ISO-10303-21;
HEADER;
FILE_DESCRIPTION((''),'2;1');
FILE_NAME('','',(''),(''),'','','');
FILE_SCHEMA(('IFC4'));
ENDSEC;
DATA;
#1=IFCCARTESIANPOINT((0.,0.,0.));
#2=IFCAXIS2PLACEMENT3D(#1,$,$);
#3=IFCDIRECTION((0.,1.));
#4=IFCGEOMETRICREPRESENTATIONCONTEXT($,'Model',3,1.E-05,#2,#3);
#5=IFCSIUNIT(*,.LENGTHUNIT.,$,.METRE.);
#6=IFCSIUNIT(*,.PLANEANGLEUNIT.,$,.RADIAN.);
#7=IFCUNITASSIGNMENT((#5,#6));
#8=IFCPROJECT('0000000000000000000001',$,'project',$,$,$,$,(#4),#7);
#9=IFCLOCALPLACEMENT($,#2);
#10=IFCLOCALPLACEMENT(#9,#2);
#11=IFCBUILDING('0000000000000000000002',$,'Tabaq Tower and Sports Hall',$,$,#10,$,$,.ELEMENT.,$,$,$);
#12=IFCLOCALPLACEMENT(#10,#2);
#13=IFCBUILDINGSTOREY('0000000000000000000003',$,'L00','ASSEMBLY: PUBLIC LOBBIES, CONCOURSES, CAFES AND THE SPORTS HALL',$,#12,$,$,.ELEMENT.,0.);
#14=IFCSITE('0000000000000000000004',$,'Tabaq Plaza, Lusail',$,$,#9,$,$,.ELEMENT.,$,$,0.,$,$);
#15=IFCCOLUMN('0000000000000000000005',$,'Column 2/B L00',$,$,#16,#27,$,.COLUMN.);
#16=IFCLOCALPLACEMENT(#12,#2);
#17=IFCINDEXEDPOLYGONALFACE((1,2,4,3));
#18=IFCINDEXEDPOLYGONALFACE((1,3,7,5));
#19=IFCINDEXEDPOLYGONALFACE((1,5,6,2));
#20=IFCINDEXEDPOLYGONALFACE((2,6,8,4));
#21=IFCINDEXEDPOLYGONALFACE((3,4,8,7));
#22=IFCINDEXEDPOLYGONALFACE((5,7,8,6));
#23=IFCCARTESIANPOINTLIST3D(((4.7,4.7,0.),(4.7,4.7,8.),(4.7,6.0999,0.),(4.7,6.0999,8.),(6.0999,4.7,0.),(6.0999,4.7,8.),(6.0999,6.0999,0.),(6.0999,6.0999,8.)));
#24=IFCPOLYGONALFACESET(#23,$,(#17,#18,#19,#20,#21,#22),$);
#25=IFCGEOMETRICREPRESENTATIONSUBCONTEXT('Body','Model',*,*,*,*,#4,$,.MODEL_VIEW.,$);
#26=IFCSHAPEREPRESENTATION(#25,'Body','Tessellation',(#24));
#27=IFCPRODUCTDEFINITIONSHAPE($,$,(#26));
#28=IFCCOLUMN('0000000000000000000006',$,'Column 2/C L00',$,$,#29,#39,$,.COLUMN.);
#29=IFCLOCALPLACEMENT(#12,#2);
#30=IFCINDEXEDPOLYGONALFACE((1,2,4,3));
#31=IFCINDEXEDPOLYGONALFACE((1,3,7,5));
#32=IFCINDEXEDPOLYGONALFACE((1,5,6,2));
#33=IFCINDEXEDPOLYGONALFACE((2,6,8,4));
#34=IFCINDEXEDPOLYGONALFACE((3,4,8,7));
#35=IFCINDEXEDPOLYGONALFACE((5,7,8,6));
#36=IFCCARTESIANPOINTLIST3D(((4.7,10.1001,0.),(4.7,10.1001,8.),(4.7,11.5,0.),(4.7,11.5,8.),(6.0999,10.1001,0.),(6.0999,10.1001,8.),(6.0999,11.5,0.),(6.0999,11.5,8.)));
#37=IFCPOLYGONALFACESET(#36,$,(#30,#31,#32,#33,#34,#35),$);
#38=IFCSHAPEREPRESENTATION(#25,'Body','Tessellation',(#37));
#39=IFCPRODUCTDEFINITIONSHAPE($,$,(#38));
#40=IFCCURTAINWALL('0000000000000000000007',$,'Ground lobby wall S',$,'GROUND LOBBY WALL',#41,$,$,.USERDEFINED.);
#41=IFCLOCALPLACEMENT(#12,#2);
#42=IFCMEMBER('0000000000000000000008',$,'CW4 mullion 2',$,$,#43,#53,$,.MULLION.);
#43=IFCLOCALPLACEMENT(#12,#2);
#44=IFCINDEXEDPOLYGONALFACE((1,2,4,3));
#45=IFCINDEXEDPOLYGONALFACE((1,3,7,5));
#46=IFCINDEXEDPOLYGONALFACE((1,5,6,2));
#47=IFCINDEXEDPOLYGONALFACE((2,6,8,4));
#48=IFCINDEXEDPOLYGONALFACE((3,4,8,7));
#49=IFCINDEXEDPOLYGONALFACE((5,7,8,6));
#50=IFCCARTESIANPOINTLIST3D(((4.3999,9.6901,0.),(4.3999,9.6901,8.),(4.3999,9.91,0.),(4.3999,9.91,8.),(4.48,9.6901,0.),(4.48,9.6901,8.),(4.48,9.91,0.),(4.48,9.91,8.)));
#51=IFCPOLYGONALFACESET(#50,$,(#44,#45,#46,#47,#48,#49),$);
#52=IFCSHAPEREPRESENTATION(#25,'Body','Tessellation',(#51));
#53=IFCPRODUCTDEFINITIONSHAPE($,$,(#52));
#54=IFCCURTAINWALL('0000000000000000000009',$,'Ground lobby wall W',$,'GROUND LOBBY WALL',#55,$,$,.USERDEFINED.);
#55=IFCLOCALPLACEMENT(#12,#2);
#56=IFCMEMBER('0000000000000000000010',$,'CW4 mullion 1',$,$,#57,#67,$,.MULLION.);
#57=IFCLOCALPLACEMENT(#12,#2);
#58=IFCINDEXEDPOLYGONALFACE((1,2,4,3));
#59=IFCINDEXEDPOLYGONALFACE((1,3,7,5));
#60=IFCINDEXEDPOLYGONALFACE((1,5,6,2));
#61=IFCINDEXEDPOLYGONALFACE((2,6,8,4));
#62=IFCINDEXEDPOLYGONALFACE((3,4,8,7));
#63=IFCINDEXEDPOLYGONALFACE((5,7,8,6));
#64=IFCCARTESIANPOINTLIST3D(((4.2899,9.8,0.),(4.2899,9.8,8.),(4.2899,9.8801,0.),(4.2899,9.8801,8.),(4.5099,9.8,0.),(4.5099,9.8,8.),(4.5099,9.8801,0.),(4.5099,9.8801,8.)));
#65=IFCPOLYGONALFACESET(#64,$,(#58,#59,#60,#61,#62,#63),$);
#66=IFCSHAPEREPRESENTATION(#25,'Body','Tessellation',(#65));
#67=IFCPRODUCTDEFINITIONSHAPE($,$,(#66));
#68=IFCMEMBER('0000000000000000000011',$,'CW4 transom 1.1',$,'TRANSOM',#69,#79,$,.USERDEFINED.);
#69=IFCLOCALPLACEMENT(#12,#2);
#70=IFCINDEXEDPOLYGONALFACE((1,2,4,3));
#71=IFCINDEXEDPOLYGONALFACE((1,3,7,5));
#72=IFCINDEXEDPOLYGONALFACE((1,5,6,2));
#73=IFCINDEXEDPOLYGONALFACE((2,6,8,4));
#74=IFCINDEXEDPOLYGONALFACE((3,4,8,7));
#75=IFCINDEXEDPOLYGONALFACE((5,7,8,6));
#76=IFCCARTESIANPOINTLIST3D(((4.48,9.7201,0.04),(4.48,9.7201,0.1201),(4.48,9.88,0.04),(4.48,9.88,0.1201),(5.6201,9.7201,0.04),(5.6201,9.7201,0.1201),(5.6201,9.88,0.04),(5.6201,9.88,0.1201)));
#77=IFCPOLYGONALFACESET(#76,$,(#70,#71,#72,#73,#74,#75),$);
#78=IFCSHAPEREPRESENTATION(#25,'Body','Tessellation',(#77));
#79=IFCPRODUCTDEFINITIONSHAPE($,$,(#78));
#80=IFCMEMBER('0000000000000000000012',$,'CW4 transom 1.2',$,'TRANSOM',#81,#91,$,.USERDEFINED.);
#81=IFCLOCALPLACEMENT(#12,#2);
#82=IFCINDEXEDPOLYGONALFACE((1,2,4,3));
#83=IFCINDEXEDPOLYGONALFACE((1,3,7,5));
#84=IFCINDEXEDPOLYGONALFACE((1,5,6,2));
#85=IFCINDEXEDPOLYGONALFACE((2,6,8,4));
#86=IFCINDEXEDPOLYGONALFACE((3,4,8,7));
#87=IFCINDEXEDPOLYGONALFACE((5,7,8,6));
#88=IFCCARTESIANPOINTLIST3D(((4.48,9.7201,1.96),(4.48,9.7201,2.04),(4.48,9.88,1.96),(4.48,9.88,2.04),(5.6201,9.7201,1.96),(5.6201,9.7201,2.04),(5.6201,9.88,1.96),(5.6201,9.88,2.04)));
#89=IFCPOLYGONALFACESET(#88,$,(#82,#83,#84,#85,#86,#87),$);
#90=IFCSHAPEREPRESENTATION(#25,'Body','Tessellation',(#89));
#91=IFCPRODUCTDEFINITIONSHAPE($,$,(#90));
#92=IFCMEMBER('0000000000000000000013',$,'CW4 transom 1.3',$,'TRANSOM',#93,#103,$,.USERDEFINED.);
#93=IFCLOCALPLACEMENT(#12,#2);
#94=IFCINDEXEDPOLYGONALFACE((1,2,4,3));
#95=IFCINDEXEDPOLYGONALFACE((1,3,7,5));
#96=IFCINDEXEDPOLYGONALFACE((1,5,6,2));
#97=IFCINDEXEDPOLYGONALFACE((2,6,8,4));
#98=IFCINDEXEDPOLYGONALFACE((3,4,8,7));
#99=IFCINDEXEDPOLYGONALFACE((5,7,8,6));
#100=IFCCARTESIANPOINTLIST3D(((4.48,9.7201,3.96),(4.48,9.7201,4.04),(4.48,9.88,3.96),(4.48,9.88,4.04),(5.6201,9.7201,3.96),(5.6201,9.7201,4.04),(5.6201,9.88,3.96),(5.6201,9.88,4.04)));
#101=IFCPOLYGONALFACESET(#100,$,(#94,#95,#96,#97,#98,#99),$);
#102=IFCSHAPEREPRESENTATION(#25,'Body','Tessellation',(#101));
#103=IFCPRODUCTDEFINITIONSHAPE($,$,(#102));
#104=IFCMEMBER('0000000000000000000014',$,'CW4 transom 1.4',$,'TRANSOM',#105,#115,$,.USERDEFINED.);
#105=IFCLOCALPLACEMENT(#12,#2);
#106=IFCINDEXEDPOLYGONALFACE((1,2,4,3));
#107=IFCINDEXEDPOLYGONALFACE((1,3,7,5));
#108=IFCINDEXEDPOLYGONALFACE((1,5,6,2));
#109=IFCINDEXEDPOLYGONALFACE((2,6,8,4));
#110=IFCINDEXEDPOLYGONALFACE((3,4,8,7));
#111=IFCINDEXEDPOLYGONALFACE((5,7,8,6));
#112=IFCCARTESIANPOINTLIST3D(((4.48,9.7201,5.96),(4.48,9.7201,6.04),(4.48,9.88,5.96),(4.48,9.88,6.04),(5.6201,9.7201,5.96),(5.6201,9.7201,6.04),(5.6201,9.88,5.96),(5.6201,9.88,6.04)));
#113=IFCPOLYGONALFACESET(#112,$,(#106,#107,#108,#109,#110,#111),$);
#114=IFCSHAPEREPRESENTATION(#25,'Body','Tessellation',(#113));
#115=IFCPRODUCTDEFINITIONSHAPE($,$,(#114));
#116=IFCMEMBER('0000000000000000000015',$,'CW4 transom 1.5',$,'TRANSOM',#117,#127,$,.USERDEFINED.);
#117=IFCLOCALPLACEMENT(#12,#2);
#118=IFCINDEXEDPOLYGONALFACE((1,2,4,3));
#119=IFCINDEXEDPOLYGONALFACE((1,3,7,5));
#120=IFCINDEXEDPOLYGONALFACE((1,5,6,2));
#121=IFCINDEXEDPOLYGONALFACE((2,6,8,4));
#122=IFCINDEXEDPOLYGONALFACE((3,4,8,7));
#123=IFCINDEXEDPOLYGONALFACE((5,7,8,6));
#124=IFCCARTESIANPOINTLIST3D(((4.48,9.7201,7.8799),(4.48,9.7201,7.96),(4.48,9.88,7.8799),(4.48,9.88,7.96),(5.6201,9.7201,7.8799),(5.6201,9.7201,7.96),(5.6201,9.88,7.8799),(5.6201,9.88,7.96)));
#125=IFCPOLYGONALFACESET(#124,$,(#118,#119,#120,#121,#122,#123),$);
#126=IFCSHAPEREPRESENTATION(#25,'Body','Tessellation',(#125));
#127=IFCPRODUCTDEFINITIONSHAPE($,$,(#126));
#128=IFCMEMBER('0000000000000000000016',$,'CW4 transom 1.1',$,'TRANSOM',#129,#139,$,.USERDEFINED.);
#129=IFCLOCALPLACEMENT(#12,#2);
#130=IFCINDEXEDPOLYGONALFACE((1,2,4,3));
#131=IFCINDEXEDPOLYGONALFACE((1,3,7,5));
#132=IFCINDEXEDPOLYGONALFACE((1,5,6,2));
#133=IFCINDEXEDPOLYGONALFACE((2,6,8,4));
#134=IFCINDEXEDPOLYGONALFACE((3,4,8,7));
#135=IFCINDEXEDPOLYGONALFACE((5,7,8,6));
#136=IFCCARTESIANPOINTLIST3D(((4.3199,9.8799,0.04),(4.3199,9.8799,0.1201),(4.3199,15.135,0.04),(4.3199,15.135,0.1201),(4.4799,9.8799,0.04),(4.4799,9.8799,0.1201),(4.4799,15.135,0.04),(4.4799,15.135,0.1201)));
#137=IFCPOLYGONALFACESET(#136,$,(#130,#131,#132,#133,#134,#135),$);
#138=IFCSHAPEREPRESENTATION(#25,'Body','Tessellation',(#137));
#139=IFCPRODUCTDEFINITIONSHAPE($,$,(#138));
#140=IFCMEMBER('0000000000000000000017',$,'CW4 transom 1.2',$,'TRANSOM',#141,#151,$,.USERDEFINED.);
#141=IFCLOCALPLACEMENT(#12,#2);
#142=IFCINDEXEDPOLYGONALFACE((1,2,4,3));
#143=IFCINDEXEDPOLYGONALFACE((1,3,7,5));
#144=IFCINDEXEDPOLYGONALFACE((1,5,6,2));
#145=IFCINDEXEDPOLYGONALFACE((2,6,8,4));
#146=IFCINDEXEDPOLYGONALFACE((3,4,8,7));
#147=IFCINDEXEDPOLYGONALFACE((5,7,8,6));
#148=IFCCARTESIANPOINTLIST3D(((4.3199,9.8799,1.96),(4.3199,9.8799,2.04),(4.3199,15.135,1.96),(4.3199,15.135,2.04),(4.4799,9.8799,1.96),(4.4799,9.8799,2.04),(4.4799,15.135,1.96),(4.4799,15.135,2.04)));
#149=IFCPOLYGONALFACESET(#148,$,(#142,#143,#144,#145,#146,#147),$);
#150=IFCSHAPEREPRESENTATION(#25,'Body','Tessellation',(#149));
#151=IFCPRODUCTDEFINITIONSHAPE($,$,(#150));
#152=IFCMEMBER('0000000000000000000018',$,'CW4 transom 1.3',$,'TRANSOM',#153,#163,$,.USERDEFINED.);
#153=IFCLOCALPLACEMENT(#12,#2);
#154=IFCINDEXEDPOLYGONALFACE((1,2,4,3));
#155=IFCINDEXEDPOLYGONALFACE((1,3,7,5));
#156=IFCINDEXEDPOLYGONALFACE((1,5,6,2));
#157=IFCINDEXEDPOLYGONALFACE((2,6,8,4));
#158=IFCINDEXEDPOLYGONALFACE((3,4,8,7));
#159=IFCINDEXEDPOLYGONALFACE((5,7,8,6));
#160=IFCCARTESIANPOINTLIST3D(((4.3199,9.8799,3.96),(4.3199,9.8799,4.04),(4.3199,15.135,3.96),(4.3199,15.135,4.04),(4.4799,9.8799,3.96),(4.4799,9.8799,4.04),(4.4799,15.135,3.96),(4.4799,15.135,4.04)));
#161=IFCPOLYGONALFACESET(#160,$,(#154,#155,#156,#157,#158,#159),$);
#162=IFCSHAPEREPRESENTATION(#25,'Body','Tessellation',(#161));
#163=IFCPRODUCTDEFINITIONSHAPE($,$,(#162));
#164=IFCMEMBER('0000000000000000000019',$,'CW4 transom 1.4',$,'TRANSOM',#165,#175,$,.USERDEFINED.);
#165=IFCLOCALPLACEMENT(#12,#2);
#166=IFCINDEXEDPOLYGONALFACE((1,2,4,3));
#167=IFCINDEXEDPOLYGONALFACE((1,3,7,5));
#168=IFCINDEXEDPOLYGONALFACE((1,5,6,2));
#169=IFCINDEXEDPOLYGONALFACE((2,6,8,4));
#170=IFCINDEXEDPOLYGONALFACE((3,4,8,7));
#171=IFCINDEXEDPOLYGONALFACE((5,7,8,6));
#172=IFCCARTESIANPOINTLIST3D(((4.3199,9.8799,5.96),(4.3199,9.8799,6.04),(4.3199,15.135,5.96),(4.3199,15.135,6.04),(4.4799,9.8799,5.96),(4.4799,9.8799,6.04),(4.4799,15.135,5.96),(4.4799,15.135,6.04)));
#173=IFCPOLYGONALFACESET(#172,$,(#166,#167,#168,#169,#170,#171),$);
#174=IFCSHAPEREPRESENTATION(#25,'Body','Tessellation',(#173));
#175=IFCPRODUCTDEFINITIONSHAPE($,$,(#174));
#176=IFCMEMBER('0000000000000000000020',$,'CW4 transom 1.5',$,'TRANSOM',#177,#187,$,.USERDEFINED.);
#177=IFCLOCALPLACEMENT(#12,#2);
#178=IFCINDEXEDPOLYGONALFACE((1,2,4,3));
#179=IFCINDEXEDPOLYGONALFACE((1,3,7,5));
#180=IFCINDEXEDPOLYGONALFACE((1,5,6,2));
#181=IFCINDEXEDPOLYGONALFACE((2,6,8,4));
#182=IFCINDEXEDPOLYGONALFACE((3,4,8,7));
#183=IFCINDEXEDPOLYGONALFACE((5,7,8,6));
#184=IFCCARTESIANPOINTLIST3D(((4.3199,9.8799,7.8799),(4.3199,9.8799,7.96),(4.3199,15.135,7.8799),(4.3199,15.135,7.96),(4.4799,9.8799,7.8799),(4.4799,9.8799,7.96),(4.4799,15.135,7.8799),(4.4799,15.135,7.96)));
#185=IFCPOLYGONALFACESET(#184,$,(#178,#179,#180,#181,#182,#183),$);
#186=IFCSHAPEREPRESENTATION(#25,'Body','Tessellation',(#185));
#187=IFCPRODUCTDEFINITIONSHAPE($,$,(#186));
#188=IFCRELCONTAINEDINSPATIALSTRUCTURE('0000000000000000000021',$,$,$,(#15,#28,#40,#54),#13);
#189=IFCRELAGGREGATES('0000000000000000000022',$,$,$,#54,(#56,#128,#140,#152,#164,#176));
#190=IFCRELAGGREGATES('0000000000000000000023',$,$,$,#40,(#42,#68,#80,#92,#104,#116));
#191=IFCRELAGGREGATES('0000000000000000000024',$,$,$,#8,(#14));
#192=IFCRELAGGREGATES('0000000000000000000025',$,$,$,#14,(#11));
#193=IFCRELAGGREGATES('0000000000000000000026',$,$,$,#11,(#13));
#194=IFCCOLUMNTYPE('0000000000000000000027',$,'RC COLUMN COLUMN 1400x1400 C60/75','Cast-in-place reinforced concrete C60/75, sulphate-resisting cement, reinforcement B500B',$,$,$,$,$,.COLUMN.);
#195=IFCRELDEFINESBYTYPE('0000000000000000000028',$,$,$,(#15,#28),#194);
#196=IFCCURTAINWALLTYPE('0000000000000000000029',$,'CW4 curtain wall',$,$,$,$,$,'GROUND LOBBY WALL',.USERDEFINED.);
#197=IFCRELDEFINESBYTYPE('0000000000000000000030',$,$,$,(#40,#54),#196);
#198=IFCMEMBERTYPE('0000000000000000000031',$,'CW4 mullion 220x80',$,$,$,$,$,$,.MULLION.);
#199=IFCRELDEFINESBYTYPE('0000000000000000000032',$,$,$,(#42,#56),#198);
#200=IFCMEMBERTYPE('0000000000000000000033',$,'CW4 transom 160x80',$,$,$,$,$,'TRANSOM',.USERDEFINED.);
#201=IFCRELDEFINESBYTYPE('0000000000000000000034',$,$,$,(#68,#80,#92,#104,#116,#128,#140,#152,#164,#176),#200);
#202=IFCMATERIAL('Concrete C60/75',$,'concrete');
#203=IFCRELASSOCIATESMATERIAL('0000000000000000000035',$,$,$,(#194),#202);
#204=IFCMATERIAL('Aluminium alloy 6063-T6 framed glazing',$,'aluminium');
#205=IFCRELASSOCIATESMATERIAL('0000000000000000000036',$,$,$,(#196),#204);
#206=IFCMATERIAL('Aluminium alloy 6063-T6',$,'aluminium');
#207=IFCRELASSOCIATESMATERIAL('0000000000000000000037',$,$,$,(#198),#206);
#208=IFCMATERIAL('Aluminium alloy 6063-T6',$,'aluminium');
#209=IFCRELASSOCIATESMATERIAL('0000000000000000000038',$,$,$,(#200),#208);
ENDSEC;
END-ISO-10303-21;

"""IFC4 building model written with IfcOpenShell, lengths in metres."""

from ifc_helpers import new_model, si_unit, direction, frame, origin, origin_2d, place, context, subcontext, project, spatial, rectangle, extrude, material, material_profile, profile_set, type_object, element, aggregate, save


model = new_model("IFC4")

# Units and contexts
model_context = context("Model", 3, precision=1e-05, world=origin(), true_north=direction((0.0, 1.0)))
body_context = subcontext(model_context, "Body", "Model", "MODEL_VIEW")
ifc_project = project(units=[si_unit("LENGTHUNIT", "METRE"), si_unit("PLANEANGLEUNIT", "RADIAN")], contexts=[model_context])

# Site, building, storey
site_placement = place(None, origin())
site = spatial("IfcSite", under=ifc_project, at=site_placement, Name="Tabaq Plaza, Lusail", CompositionType="ELEMENT", RefElevation=0.0)
building_placement = place(site_placement, origin())
building = spatial("IfcBuilding", under=site, at=building_placement, Name="Tabaq Tower and Sports Hall", CompositionType="ELEMENT")
storey_placement = place(building_placement, origin())
storey = spatial("IfcBuildingStorey", under=building, at=storey_placement, Name="L00", Description="ASSEMBLY: PUBLIC LOBBIES, CONCOURSES, CAFES AND THE SPORTS HALL", CompositionType="ELEMENT", Elevation=0.0)

# Columns
ifc_material_1 = material(Name="Concrete C60/75", Category="concrete")
ifc_material_profile_1 = material_profile(ifc_material_1, rectangle(XDim=1.3999, YDim=1.3999, at=origin_2d()), Name="COLUMN 1400x1400")
ifc_profile_set_1 = profile_set([ifc_material_profile_1], Name="Concrete C60/75")
column_type = type_object("IfcColumnType", Name="RC COLUMN COLUMN 1400x1400 C60/75", Description="Cast-in-place reinforced concrete C60/75, sulphate-resisting cement, reinforcement B500B", PredefinedType="COLUMN", material=ifc_profile_set_1)
for number, where, z_axis, x_axis, name in (
    (1, (5.3999, 5.3999, 0.0), (0.0, 0.0, 1.0), (1.0, 0.0, 0.0), "Column 2/B L00"),
    (2, (5.3999, 10.8, 0.0), (0.0, 0.0, 1.0), (1.0, 0.0, 0.0), "Column 2/C L00"),
):
    element("IfcColumn", number, at=place(storey_placement, frame(where, z_axis=z_axis, x_axis=x_axis)), inside=storey, type_object=column_type, Name=name, PredefinedType="COLUMN", context=body_context, shape_type="SweptSolid", body=[
        extrude(rectangle(XDim=1.3999, YDim=1.3999, at=origin_2d()), origin(), (0.0, 0.0, 1.0), 8.0),
    ])

# Curtain walls, members
ifc_material_2 = material(Name="Aluminium alloy 6063-T6 framed glazing", Category="aluminium")
curtain_wall_type = type_object("IfcCurtainWallType", Name="CW4 curtain wall", ElementType="GROUND LOBBY WALL", PredefinedType="USERDEFINED", material=ifc_material_2)
curtain_wall_1_placement = place(storey_placement, origin())
curtain_wall_1 = element("IfcCurtainWall", 3, at=curtain_wall_1_placement, inside=storey, type_object=curtain_wall_type, Name="Ground lobby wall S", ObjectType="GROUND LOBBY WALL", PredefinedType="USERDEFINED")
ifc_material_3 = material(Name="Aluminium alloy 6063-T6", Category="aluminium")
ifc_material_profile_2 = material_profile(ifc_material_3, rectangle(XDim=0.22, YDim=0.0801, at=origin_2d()), Name="MULLION 220x80")
ifc_profile_set_2 = profile_set([ifc_material_profile_2], Name="Aluminium alloy 6063-T6")
member_type_1 = type_object("IfcMemberType", Name="CW4 mullion 220x80", PredefinedType="MULLION", material=ifc_profile_set_2)
member_1_placement = place(storey_placement, frame((4.4399, 9.8, 0.0), z_axis=(0.0, 0.0, 1.0), x_axis=(0.0, -1.0, 0.0)))
member_1 = element("IfcMember", 4, at=member_1_placement, type_object=member_type_1, Name="CW4 mullion 2", PredefinedType="MULLION", context=body_context, shape_type="SweptSolid", body=[
    extrude(rectangle(XDim=0.22, YDim=0.0801, at=origin_2d()), origin(), (0.0, 0.0, 1.0), 8.0),
])
curtain_wall_2_placement = place(storey_placement, origin())
curtain_wall_2 = element("IfcCurtainWall", 5, at=curtain_wall_2_placement, inside=storey, type_object=curtain_wall_type, Name="Ground lobby wall W", ObjectType="GROUND LOBBY WALL", PredefinedType="USERDEFINED")
member_2_placement = place(storey_placement, frame((4.3999, 9.8401, 0.0), z_axis=(0.0, 0.0, 1.0), x_axis=(-1.0, 0.0, 0.0)))
member_2 = element("IfcMember", 6, at=member_2_placement, type_object=member_type_1, Name="CW4 mullion 1", PredefinedType="MULLION", context=body_context, shape_type="SweptSolid", body=[
    extrude(rectangle(XDim=0.22, YDim=0.0801, at=origin_2d()), origin(), (0.0, 0.0, 1.0), 8.0),
])

# Members
ifc_material_4 = material(Name="Aluminium alloy 6063-T6", Category="aluminium")
ifc_material_profile_3 = material_profile(ifc_material_4, rectangle(XDim=0.1599, YDim=0.0801, at=origin_2d()), Name="TRANSOM 160x80")
ifc_profile_set_3 = profile_set([ifc_material_profile_3], Name="Aluminium alloy 6063-T6")
member_type_2 = type_object("IfcMemberType", Name="CW4 transom 160x80", ElementType="TRANSOM", PredefinedType="USERDEFINED", material=ifc_profile_set_3)
member_3_placement = place(storey_placement, frame((5.6201, 9.8, 0.0801), z_axis=(-1.0, 0.0, 0.0), x_axis=(0.0, -1.0, 0.0)))
member_3 = element("IfcMember", 7, at=member_3_placement, type_object=member_type_2, Name="CW4 transom 1.1", ObjectType="TRANSOM", PredefinedType="USERDEFINED", context=body_context, shape_type="SweptSolid", body=[
    extrude(rectangle(XDim=0.1599, YDim=0.0801, at=origin_2d()), origin(), (0.0, 0.0, 1.0), 1.1401),
])
member_4_placement = place(storey_placement, frame((5.6201, 9.8, 2.0), z_axis=(-1.0, 0.0, 0.0), x_axis=(0.0, -1.0, 0.0)))
member_4 = element("IfcMember", 8, at=member_4_placement, type_object=member_type_2, Name="CW4 transom 1.2", ObjectType="TRANSOM", PredefinedType="USERDEFINED", context=body_context, shape_type="SweptSolid", body=[
    extrude(rectangle(XDim=0.1599, YDim=0.0801, at=origin_2d()), origin(), (0.0, 0.0, 1.0), 1.1401),
])
member_5_placement = place(storey_placement, frame((5.6201, 9.8, 4.0), z_axis=(-1.0, 0.0, 0.0), x_axis=(0.0, -1.0, 0.0)))
member_5 = element("IfcMember", 9, at=member_5_placement, type_object=member_type_2, Name="CW4 transom 1.3", ObjectType="TRANSOM", PredefinedType="USERDEFINED", context=body_context, shape_type="SweptSolid", body=[
    extrude(rectangle(XDim=0.1599, YDim=0.0801, at=origin_2d()), origin(), (0.0, 0.0, 1.0), 1.1401),
])
member_6_placement = place(storey_placement, frame((5.6201, 9.8, 6.0), z_axis=(-1.0, 0.0, 0.0), x_axis=(0.0, -1.0, 0.0)))
member_6 = element("IfcMember", 10, at=member_6_placement, type_object=member_type_2, Name="CW4 transom 1.4", ObjectType="TRANSOM", PredefinedType="USERDEFINED", context=body_context, shape_type="SweptSolid", body=[
    extrude(rectangle(XDim=0.1599, YDim=0.0801, at=origin_2d()), origin(), (0.0, 0.0, 1.0), 1.1401),
])
member_7_placement = place(storey_placement, frame((5.6201, 9.8, 7.9199), z_axis=(-1.0, 0.0, 0.0), x_axis=(0.0, -1.0, 0.0)))
member_7 = element("IfcMember", 11, at=member_7_placement, type_object=member_type_2, Name="CW4 transom 1.5", ObjectType="TRANSOM", PredefinedType="USERDEFINED", context=body_context, shape_type="SweptSolid", body=[
    extrude(rectangle(XDim=0.1599, YDim=0.0801, at=origin_2d()), origin(), (0.0, 0.0, 1.0), 1.1401),
])
member_8_placement = place(storey_placement, frame((4.3999, 9.8799, 0.0801), z_axis=(0.0, 1.0, 0.0), x_axis=(-1.0, 0.0, 0.0)))
member_8 = element("IfcMember", 12, at=member_8_placement, type_object=member_type_2, Name="CW4 transom 1.1", ObjectType="TRANSOM", PredefinedType="USERDEFINED", context=body_context, shape_type="SweptSolid", body=[
    extrude(rectangle(XDim=0.1599, YDim=0.0801, at=origin_2d()), origin(), (0.0, 0.0, 1.0), 5.2551),
])
member_9_placement = place(storey_placement, frame((4.3999, 9.8799, 2.0), z_axis=(0.0, 1.0, 0.0), x_axis=(-1.0, 0.0, 0.0)))
member_9 = element("IfcMember", 13, at=member_9_placement, type_object=member_type_2, Name="CW4 transom 1.2", ObjectType="TRANSOM", PredefinedType="USERDEFINED", context=body_context, shape_type="SweptSolid", body=[
    extrude(rectangle(XDim=0.1599, YDim=0.0801, at=origin_2d()), origin(), (0.0, 0.0, 1.0), 5.2551),
])
member_10_placement = place(storey_placement, frame((4.3999, 9.8799, 4.0), z_axis=(0.0, 1.0, 0.0), x_axis=(-1.0, 0.0, 0.0)))
member_10 = element("IfcMember", 14, at=member_10_placement, type_object=member_type_2, Name="CW4 transom 1.3", ObjectType="TRANSOM", PredefinedType="USERDEFINED", context=body_context, shape_type="SweptSolid", body=[
    extrude(rectangle(XDim=0.1599, YDim=0.0801, at=origin_2d()), origin(), (0.0, 0.0, 1.0), 5.2551),
])
member_11_placement = place(storey_placement, frame((4.3999, 9.8799, 6.0), z_axis=(0.0, 1.0, 0.0), x_axis=(-1.0, 0.0, 0.0)))
member_11 = element("IfcMember", 15, at=member_11_placement, type_object=member_type_2, Name="CW4 transom 1.4", ObjectType="TRANSOM", PredefinedType="USERDEFINED", context=body_context, shape_type="SweptSolid", body=[
    extrude(rectangle(XDim=0.1599, YDim=0.0801, at=origin_2d()), origin(), (0.0, 0.0, 1.0), 5.2551),
])
member_12_placement = place(storey_placement, frame((4.3999, 9.8799, 7.9199), z_axis=(0.0, 1.0, 0.0), x_axis=(-1.0, 0.0, 0.0)))
member_12 = element("IfcMember", 16, at=member_12_placement, type_object=member_type_2, Name="CW4 transom 1.5", ObjectType="TRANSOM", PredefinedType="USERDEFINED", context=body_context, shape_type="SweptSolid", body=[
    extrude(rectangle(XDim=0.1599, YDim=0.0801, at=origin_2d()), origin(), (0.0, 0.0, 1.0), 5.2551),
])
aggregate(curtain_wall_2, [member_2, member_8, member_9, member_10, member_11, member_12])

aggregate(curtain_wall_1, [member_1, member_3, member_4, member_5, member_6, member_7])

save(model, "model.ifc")
